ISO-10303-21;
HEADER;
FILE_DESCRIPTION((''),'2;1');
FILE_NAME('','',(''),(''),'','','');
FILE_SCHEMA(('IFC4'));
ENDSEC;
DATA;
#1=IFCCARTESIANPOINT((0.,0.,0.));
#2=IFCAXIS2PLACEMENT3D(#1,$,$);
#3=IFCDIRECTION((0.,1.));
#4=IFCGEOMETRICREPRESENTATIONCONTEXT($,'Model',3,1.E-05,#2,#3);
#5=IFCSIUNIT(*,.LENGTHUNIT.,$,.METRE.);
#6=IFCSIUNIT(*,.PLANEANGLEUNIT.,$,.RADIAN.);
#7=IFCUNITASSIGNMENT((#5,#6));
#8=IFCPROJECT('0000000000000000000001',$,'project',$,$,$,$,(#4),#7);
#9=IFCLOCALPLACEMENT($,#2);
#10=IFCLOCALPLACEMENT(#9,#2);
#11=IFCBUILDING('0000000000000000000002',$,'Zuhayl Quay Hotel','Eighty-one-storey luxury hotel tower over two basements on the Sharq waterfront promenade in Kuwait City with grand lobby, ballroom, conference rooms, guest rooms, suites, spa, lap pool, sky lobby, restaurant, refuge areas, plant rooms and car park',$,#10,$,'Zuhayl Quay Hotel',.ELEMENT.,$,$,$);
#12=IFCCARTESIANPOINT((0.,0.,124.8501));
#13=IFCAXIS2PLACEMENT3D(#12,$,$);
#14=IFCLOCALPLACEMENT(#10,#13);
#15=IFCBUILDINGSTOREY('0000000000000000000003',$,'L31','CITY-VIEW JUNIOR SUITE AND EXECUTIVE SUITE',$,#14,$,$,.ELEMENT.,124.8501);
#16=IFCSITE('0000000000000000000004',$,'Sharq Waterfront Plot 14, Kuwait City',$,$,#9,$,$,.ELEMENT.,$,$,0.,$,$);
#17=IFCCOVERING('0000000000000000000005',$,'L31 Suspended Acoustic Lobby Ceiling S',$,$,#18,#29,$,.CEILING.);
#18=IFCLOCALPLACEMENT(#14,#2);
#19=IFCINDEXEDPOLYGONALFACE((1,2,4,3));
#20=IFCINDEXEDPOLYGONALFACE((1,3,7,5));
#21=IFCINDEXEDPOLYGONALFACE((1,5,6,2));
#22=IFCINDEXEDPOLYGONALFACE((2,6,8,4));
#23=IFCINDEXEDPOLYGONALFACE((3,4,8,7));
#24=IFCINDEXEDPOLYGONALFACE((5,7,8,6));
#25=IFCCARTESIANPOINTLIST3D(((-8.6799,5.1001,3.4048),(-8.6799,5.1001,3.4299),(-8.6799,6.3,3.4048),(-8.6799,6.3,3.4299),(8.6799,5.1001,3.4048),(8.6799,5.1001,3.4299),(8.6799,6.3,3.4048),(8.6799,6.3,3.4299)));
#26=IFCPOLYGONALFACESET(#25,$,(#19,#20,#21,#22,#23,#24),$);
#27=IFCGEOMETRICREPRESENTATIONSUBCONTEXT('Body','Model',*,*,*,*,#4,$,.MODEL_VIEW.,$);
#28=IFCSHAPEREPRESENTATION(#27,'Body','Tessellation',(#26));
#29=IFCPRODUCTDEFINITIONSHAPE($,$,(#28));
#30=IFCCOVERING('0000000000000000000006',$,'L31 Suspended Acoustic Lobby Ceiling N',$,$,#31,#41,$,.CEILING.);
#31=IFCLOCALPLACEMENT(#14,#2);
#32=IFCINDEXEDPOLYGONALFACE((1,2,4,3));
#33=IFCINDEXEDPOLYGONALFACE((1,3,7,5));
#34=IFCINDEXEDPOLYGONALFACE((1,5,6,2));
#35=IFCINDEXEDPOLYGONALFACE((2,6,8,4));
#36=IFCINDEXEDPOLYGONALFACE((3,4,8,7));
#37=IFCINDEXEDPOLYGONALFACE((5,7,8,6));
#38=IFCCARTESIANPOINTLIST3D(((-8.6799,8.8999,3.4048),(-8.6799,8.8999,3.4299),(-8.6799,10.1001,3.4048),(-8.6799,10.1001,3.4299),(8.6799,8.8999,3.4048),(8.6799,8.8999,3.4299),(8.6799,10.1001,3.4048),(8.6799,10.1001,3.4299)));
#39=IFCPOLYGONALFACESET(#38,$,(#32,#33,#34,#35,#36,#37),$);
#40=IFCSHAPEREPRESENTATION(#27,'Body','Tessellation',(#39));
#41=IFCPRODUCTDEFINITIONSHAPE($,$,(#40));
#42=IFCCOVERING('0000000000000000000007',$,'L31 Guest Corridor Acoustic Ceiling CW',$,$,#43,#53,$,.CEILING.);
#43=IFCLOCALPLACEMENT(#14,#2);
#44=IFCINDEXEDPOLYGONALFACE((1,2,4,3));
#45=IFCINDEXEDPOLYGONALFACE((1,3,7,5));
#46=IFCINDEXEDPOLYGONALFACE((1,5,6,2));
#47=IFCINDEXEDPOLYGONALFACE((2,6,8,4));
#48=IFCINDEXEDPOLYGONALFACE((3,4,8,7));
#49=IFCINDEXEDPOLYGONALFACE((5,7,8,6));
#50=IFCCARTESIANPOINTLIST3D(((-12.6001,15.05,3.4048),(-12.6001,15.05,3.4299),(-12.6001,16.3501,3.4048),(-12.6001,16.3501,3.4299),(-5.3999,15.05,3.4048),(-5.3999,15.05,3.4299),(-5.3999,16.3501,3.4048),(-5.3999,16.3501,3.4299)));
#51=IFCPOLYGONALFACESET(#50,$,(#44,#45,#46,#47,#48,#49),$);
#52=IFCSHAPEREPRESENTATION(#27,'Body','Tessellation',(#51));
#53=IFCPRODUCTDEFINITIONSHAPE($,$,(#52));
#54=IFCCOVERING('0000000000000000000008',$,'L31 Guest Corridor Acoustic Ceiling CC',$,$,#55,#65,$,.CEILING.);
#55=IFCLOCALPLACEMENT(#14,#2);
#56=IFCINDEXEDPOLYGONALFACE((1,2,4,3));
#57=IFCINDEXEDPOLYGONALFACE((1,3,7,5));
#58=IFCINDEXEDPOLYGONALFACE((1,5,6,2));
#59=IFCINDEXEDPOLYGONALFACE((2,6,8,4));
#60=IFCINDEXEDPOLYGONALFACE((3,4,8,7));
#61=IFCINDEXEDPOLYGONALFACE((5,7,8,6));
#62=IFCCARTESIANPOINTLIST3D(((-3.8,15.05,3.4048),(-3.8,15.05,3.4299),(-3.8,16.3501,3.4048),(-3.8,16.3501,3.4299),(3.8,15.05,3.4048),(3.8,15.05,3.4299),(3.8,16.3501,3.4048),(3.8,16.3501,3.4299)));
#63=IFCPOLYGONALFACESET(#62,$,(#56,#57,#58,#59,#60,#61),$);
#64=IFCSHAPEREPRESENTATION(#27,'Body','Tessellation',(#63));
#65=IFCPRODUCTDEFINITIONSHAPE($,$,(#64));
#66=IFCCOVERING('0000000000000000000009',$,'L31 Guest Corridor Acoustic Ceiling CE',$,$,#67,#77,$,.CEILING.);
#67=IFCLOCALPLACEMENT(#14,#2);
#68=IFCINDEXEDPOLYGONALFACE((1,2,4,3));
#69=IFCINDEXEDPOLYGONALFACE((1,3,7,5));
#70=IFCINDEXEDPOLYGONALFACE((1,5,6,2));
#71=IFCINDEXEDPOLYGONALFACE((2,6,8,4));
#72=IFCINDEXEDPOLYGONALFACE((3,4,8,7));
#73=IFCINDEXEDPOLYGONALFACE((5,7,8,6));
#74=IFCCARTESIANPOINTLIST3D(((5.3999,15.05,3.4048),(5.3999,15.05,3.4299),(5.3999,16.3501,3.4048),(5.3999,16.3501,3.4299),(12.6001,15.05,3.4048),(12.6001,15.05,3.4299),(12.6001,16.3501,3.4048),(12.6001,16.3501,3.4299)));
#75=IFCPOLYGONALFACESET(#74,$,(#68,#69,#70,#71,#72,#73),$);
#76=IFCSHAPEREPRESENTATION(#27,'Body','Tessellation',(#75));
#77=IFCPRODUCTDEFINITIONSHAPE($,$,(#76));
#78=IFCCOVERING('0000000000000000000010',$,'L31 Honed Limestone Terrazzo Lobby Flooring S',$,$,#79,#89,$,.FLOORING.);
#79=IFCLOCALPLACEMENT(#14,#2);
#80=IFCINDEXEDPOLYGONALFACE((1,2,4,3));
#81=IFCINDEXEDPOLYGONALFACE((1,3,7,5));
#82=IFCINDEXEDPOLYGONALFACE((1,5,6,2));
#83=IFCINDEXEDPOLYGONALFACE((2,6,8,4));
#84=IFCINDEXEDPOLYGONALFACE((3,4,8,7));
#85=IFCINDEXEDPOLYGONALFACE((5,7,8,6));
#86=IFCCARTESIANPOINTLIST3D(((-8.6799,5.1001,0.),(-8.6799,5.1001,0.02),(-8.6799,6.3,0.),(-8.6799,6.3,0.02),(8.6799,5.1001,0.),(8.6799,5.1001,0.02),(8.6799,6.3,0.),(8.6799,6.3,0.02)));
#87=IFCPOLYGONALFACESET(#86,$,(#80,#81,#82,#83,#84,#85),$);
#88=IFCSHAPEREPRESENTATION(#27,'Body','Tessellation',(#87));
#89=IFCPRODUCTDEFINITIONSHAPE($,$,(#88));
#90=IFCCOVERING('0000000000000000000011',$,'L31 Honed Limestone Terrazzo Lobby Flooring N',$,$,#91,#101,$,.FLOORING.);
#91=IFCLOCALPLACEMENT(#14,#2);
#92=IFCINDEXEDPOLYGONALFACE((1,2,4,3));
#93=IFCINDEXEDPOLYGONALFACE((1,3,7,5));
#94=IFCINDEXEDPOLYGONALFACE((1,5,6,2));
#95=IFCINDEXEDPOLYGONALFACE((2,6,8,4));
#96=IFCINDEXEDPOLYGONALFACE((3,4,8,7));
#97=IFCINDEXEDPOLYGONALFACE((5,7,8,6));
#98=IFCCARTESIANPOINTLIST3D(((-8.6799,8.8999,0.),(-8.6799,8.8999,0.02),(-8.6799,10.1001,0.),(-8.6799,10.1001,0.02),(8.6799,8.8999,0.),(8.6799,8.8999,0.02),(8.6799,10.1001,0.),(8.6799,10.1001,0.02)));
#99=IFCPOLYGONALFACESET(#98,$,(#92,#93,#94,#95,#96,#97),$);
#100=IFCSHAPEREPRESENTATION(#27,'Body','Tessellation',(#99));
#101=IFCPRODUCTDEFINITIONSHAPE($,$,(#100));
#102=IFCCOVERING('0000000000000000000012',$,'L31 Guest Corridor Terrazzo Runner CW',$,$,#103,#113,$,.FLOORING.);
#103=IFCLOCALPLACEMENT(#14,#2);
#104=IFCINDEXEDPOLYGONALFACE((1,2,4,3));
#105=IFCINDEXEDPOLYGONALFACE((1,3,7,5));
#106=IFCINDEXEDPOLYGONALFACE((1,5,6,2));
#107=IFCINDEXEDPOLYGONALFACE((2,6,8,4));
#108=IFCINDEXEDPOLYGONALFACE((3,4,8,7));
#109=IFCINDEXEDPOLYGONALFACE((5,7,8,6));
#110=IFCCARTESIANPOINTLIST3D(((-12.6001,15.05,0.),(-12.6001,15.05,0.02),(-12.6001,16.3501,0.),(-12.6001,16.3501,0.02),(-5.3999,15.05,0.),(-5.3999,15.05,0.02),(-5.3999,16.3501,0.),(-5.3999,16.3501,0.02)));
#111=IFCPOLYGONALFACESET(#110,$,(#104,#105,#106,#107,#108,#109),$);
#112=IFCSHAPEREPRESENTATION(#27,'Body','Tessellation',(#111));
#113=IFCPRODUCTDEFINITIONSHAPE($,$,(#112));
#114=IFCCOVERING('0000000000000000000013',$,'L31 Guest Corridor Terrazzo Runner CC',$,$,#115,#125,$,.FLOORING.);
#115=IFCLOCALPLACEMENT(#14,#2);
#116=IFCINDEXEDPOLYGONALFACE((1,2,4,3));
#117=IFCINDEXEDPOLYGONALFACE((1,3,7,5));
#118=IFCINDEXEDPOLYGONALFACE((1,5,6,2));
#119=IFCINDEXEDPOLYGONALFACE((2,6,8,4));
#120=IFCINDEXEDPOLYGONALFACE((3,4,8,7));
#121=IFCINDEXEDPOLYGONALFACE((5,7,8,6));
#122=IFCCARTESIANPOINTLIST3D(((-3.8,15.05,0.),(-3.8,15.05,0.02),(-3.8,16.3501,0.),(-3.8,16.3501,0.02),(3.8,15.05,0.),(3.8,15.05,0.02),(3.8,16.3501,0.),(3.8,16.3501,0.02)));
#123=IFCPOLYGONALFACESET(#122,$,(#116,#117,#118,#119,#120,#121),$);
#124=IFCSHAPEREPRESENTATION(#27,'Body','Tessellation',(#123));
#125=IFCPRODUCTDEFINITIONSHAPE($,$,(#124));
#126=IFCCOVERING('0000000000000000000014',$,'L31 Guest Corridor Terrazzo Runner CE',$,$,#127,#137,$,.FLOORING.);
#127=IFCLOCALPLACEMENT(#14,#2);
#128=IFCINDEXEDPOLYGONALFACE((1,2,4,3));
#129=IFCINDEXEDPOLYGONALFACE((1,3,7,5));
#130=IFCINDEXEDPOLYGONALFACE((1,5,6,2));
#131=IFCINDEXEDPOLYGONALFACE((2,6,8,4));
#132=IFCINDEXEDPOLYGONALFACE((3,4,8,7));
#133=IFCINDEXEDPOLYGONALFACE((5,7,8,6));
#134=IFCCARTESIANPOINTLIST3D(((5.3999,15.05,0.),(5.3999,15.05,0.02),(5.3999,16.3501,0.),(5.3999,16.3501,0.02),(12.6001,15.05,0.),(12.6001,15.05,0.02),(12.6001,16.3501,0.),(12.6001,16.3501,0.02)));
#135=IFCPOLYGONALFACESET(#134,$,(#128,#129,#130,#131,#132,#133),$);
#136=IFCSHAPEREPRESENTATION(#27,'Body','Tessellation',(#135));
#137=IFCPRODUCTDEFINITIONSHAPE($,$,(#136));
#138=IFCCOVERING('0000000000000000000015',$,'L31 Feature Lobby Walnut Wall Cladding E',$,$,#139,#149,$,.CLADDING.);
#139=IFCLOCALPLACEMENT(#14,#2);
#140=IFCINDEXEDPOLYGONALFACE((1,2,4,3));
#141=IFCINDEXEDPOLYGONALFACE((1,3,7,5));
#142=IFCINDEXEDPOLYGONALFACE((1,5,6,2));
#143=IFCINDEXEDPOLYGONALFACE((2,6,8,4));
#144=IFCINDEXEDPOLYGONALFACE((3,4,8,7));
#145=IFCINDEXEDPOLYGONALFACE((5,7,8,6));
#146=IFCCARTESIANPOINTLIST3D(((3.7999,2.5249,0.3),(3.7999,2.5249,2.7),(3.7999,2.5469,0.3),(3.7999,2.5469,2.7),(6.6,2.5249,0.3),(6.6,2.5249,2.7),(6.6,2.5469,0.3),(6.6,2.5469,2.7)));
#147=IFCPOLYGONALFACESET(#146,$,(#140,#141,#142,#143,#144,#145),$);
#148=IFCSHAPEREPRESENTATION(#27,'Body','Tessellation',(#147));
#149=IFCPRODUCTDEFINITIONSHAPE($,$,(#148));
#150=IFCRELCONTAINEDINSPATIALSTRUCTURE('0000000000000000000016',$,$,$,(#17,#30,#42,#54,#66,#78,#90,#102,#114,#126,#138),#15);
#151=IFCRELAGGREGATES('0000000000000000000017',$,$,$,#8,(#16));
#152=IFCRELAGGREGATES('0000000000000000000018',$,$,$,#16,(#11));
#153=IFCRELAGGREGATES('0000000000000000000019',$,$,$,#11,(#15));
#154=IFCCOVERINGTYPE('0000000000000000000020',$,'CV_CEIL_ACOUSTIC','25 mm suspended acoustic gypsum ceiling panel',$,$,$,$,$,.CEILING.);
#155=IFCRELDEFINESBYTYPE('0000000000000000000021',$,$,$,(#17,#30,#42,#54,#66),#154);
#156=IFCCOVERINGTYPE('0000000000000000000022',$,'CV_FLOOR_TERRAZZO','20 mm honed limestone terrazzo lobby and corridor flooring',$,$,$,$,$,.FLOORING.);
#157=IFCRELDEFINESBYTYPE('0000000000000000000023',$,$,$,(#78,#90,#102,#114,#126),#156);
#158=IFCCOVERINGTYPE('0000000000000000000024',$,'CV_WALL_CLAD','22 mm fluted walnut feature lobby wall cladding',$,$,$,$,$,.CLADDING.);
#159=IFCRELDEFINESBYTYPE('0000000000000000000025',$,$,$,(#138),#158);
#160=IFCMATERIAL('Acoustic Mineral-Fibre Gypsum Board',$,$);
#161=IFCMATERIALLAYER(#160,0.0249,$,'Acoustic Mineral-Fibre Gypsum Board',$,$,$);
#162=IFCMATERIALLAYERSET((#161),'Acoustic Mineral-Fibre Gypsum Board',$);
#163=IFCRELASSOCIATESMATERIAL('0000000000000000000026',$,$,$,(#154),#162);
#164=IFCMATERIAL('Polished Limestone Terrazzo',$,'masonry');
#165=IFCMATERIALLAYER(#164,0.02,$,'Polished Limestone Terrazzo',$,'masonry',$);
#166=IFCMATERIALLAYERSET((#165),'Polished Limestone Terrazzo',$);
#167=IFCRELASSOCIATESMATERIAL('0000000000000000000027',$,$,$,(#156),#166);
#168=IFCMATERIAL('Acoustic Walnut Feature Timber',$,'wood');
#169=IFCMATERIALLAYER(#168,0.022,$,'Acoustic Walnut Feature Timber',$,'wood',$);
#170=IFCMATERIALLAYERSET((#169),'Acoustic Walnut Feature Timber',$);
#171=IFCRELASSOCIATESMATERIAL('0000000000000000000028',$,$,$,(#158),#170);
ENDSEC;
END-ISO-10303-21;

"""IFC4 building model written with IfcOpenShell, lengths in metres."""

from ifc_helpers import new_model, si_unit, direction, frame, origin, origin_2d, place, context, subcontext, project, spatial, polyline, rectangle, outline, extrude, material, layer, layer_set, type_object, element, save


model = new_model("IFC4")

# Units and contexts
model_context = context("Model", 3, precision=1e-05, world=origin(), true_north=direction((0.0, 1.0)))
body_context = subcontext(model_context, "Body", "Model", "MODEL_VIEW")
ifc_project = project(units=[si_unit("LENGTHUNIT", "METRE"), si_unit("PLANEANGLEUNIT", "RADIAN")], contexts=[model_context])

# Site, building, storey
site_placement = place(None, origin())
site = spatial("IfcSite", under=ifc_project, at=site_placement, Name="Sharq Waterfront Plot 14, Kuwait City", CompositionType="ELEMENT", RefElevation=0.0)
building_placement = place(site_placement, origin())
building = spatial("IfcBuilding", under=site, at=building_placement, Name="Zuhayl Quay Hotel", Description="Eighty-one-storey luxury hotel tower over two basements on the Sharq waterfront promenade in Kuwait City with grand lobby, ballroom, conference rooms, guest rooms, suites, spa, lap pool, sky lobby, restaurant, refuge areas, plant rooms and car park", LongName="Zuhayl Quay Hotel", CompositionType="ELEMENT")
storey_placement = place(building_placement, frame((0.0, 0.0, 124.8501)))
storey = spatial("IfcBuildingStorey", under=building, at=storey_placement, Name="L31", Description="CITY-VIEW JUNIOR SUITE AND EXECUTIVE SUITE", CompositionType="ELEMENT", Elevation=124.8501)

# Coverings
ifc_material_1 = material(Name="Acoustic Mineral-Fibre Gypsum Board")
ifc_layer_1 = layer(ifc_material_1, 0.0249, Name="Acoustic Mineral-Fibre Gypsum Board")
ifc_layer_set_1 = layer_set([ifc_layer_1], Name="Acoustic Mineral-Fibre Gypsum Board")
covering_type_1 = type_object("IfcCoveringType", Name="CV_CEIL_ACOUSTIC", Description="25 mm suspended acoustic gypsum ceiling panel", PredefinedType="CEILING", material=ifc_layer_set_1)
covering_1_placement = place(storey_placement, frame((0.0, 0.0, 3.4048)))
element("IfcCovering", 1, at=covering_1_placement, inside=storey, type_object=covering_type_1, Name="L31 Suspended Acoustic Lobby Ceiling S", PredefinedType="CEILING", context=body_context, shape_type="SweptSolid", body=[
    extrude(outline(polyline([(-8.6799, 5.1001), (8.6799, 5.1001), (8.6799, 6.3), (-8.6799, 6.3), (-8.6799, 5.1001)])), origin(), (0.0, 0.0, 1.0), 0.0251),
])
covering_2_placement = place(storey_placement, frame((0.0, 0.0, 3.4048)))
element("IfcCovering", 2, at=covering_2_placement, inside=storey, type_object=covering_type_1, Name="L31 Suspended Acoustic Lobby Ceiling N", PredefinedType="CEILING", context=body_context, shape_type="SweptSolid", body=[
    extrude(outline(polyline([(-8.6799, 8.8999), (8.6799, 8.8999), (8.6799, 10.1001), (-8.6799, 10.1001), (-8.6799, 8.8999)])), origin(), (0.0, 0.0, 1.0), 0.0251),
])
covering_3_placement = place(storey_placement, frame((0.0, 0.0, 3.4048)))
element("IfcCovering", 3, at=covering_3_placement, inside=storey, type_object=covering_type_1, Name="L31 Guest Corridor Acoustic Ceiling CW", PredefinedType="CEILING", context=body_context, shape_type="SweptSolid", body=[
    extrude(outline(polyline([(-12.6001, 15.05), (-5.3999, 15.05), (-5.3999, 16.3501), (-12.6001, 16.3501), (-12.6001, 15.05)])), origin(), (0.0, 0.0, 1.0), 0.0251),
])
covering_4_placement = place(storey_placement, frame((0.0, 0.0, 3.4048)))
element("IfcCovering", 4, at=covering_4_placement, inside=storey, type_object=covering_type_1, Name="L31 Guest Corridor Acoustic Ceiling CC", PredefinedType="CEILING", context=body_context, shape_type="SweptSolid", body=[
    extrude(outline(polyline([(-3.8, 15.05), (3.8, 15.05), (3.8, 16.3501), (-3.8, 16.3501), (-3.8, 15.05)])), origin(), (0.0, 0.0, 1.0), 0.0251),
])
covering_5_placement = place(storey_placement, frame((0.0, 0.0, 3.4048)))
element("IfcCovering", 5, at=covering_5_placement, inside=storey, type_object=covering_type_1, Name="L31 Guest Corridor Acoustic Ceiling CE", PredefinedType="CEILING", context=body_context, shape_type="SweptSolid", body=[
    extrude(outline(polyline([(5.3999, 15.05), (12.6001, 15.05), (12.6001, 16.3501), (5.3999, 16.3501), (5.3999, 15.05)])), origin(), (0.0, 0.0, 1.0), 0.0251),
])
ifc_material_2 = material(Name="Polished Limestone Terrazzo", Category="masonry")
ifc_layer_2 = layer(ifc_material_2, 0.02, Name="Polished Limestone Terrazzo", Category="masonry")
ifc_layer_set_2 = layer_set([ifc_layer_2], Name="Polished Limestone Terrazzo")
covering_type_2 = type_object("IfcCoveringType", Name="CV_FLOOR_TERRAZZO", Description="20 mm honed limestone terrazzo lobby and corridor flooring", PredefinedType="FLOORING", material=ifc_layer_set_2)
covering_6_placement = place(storey_placement, origin())
element("IfcCovering", 6, at=covering_6_placement, inside=storey, type_object=covering_type_2, Name="L31 Honed Limestone Terrazzo Lobby Flooring S", PredefinedType="FLOORING", context=body_context, shape_type="SweptSolid", body=[
    extrude(outline(polyline([(-8.6799, 5.1001), (8.6799, 5.1001), (8.6799, 6.3), (-8.6799, 6.3), (-8.6799, 5.1001)])), origin(), (0.0, 0.0, 1.0), 0.02),
])
covering_7_placement = place(storey_placement, origin())
element("IfcCovering", 7, at=covering_7_placement, inside=storey, type_object=covering_type_2, Name="L31 Honed Limestone Terrazzo Lobby Flooring N", PredefinedType="FLOORING", context=body_context, shape_type="SweptSolid", body=[
    extrude(outline(polyline([(-8.6799, 8.8999), (8.6799, 8.8999), (8.6799, 10.1001), (-8.6799, 10.1001), (-8.6799, 8.8999)])), origin(), (0.0, 0.0, 1.0), 0.02),
])
covering_8_placement = place(storey_placement, origin())
element("IfcCovering", 8, at=covering_8_placement, inside=storey, type_object=covering_type_2, Name="L31 Guest Corridor Terrazzo Runner CW", PredefinedType="FLOORING", context=body_context, shape_type="SweptSolid", body=[
    extrude(outline(polyline([(-12.6001, 15.05), (-5.3999, 15.05), (-5.3999, 16.3501), (-12.6001, 16.3501), (-12.6001, 15.05)])), origin(), (0.0, 0.0, 1.0), 0.02),
])
covering_9_placement = place(storey_placement, origin())
element("IfcCovering", 9, at=covering_9_placement, inside=storey, type_object=covering_type_2, Name="L31 Guest Corridor Terrazzo Runner CC", PredefinedType="FLOORING", context=body_context, shape_type="SweptSolid", body=[
    extrude(outline(polyline([(-3.8, 15.05), (3.8, 15.05), (3.8, 16.3501), (-3.8, 16.3501), (-3.8, 15.05)])), origin(), (0.0, 0.0, 1.0), 0.02),
])
covering_10_placement = place(storey_placement, origin())
element("IfcCovering", 10, at=covering_10_placement, inside=storey, type_object=covering_type_2, Name="L31 Guest Corridor Terrazzo Runner CE", PredefinedType="FLOORING", context=body_context, shape_type="SweptSolid", body=[
    extrude(outline(polyline([(5.3999, 15.05), (12.6001, 15.05), (12.6001, 16.3501), (5.3999, 16.3501), (5.3999, 15.05)])), origin(), (0.0, 0.0, 1.0), 0.02),
])
ifc_material_3 = material(Name="Acoustic Walnut Feature Timber", Category="wood")
ifc_layer_3 = layer(ifc_material_3, 0.022, Name="Acoustic Walnut Feature Timber", Category="wood")
ifc_layer_set_3 = layer_set([ifc_layer_3], Name="Acoustic Walnut Feature Timber")
covering_type_3 = type_object("IfcCoveringType", Name="CV_WALL_CLAD", Description="22 mm fluted walnut feature lobby wall cladding", PredefinedType="CLADDING", material=ifc_layer_set_3)
covering_11_placement = place(storey_placement, frame((5.2, 2.5359, 0.3), z_axis=(0.0, 0.0, 1.0), x_axis=(1.0, 0.0, 0.0)))
element("IfcCovering", 11, at=covering_11_placement, inside=storey, type_object=covering_type_3, Name="L31 Feature Lobby Walnut Wall Cladding E", PredefinedType="CLADDING", context=body_context, shape_type="SweptSolid", body=[
    extrude(rectangle(XDim=2.8, YDim=0.022, at=origin_2d()), origin(), (0.0, 0.0, 1.0), 2.3999),
])

save(model, "model.ifc")
